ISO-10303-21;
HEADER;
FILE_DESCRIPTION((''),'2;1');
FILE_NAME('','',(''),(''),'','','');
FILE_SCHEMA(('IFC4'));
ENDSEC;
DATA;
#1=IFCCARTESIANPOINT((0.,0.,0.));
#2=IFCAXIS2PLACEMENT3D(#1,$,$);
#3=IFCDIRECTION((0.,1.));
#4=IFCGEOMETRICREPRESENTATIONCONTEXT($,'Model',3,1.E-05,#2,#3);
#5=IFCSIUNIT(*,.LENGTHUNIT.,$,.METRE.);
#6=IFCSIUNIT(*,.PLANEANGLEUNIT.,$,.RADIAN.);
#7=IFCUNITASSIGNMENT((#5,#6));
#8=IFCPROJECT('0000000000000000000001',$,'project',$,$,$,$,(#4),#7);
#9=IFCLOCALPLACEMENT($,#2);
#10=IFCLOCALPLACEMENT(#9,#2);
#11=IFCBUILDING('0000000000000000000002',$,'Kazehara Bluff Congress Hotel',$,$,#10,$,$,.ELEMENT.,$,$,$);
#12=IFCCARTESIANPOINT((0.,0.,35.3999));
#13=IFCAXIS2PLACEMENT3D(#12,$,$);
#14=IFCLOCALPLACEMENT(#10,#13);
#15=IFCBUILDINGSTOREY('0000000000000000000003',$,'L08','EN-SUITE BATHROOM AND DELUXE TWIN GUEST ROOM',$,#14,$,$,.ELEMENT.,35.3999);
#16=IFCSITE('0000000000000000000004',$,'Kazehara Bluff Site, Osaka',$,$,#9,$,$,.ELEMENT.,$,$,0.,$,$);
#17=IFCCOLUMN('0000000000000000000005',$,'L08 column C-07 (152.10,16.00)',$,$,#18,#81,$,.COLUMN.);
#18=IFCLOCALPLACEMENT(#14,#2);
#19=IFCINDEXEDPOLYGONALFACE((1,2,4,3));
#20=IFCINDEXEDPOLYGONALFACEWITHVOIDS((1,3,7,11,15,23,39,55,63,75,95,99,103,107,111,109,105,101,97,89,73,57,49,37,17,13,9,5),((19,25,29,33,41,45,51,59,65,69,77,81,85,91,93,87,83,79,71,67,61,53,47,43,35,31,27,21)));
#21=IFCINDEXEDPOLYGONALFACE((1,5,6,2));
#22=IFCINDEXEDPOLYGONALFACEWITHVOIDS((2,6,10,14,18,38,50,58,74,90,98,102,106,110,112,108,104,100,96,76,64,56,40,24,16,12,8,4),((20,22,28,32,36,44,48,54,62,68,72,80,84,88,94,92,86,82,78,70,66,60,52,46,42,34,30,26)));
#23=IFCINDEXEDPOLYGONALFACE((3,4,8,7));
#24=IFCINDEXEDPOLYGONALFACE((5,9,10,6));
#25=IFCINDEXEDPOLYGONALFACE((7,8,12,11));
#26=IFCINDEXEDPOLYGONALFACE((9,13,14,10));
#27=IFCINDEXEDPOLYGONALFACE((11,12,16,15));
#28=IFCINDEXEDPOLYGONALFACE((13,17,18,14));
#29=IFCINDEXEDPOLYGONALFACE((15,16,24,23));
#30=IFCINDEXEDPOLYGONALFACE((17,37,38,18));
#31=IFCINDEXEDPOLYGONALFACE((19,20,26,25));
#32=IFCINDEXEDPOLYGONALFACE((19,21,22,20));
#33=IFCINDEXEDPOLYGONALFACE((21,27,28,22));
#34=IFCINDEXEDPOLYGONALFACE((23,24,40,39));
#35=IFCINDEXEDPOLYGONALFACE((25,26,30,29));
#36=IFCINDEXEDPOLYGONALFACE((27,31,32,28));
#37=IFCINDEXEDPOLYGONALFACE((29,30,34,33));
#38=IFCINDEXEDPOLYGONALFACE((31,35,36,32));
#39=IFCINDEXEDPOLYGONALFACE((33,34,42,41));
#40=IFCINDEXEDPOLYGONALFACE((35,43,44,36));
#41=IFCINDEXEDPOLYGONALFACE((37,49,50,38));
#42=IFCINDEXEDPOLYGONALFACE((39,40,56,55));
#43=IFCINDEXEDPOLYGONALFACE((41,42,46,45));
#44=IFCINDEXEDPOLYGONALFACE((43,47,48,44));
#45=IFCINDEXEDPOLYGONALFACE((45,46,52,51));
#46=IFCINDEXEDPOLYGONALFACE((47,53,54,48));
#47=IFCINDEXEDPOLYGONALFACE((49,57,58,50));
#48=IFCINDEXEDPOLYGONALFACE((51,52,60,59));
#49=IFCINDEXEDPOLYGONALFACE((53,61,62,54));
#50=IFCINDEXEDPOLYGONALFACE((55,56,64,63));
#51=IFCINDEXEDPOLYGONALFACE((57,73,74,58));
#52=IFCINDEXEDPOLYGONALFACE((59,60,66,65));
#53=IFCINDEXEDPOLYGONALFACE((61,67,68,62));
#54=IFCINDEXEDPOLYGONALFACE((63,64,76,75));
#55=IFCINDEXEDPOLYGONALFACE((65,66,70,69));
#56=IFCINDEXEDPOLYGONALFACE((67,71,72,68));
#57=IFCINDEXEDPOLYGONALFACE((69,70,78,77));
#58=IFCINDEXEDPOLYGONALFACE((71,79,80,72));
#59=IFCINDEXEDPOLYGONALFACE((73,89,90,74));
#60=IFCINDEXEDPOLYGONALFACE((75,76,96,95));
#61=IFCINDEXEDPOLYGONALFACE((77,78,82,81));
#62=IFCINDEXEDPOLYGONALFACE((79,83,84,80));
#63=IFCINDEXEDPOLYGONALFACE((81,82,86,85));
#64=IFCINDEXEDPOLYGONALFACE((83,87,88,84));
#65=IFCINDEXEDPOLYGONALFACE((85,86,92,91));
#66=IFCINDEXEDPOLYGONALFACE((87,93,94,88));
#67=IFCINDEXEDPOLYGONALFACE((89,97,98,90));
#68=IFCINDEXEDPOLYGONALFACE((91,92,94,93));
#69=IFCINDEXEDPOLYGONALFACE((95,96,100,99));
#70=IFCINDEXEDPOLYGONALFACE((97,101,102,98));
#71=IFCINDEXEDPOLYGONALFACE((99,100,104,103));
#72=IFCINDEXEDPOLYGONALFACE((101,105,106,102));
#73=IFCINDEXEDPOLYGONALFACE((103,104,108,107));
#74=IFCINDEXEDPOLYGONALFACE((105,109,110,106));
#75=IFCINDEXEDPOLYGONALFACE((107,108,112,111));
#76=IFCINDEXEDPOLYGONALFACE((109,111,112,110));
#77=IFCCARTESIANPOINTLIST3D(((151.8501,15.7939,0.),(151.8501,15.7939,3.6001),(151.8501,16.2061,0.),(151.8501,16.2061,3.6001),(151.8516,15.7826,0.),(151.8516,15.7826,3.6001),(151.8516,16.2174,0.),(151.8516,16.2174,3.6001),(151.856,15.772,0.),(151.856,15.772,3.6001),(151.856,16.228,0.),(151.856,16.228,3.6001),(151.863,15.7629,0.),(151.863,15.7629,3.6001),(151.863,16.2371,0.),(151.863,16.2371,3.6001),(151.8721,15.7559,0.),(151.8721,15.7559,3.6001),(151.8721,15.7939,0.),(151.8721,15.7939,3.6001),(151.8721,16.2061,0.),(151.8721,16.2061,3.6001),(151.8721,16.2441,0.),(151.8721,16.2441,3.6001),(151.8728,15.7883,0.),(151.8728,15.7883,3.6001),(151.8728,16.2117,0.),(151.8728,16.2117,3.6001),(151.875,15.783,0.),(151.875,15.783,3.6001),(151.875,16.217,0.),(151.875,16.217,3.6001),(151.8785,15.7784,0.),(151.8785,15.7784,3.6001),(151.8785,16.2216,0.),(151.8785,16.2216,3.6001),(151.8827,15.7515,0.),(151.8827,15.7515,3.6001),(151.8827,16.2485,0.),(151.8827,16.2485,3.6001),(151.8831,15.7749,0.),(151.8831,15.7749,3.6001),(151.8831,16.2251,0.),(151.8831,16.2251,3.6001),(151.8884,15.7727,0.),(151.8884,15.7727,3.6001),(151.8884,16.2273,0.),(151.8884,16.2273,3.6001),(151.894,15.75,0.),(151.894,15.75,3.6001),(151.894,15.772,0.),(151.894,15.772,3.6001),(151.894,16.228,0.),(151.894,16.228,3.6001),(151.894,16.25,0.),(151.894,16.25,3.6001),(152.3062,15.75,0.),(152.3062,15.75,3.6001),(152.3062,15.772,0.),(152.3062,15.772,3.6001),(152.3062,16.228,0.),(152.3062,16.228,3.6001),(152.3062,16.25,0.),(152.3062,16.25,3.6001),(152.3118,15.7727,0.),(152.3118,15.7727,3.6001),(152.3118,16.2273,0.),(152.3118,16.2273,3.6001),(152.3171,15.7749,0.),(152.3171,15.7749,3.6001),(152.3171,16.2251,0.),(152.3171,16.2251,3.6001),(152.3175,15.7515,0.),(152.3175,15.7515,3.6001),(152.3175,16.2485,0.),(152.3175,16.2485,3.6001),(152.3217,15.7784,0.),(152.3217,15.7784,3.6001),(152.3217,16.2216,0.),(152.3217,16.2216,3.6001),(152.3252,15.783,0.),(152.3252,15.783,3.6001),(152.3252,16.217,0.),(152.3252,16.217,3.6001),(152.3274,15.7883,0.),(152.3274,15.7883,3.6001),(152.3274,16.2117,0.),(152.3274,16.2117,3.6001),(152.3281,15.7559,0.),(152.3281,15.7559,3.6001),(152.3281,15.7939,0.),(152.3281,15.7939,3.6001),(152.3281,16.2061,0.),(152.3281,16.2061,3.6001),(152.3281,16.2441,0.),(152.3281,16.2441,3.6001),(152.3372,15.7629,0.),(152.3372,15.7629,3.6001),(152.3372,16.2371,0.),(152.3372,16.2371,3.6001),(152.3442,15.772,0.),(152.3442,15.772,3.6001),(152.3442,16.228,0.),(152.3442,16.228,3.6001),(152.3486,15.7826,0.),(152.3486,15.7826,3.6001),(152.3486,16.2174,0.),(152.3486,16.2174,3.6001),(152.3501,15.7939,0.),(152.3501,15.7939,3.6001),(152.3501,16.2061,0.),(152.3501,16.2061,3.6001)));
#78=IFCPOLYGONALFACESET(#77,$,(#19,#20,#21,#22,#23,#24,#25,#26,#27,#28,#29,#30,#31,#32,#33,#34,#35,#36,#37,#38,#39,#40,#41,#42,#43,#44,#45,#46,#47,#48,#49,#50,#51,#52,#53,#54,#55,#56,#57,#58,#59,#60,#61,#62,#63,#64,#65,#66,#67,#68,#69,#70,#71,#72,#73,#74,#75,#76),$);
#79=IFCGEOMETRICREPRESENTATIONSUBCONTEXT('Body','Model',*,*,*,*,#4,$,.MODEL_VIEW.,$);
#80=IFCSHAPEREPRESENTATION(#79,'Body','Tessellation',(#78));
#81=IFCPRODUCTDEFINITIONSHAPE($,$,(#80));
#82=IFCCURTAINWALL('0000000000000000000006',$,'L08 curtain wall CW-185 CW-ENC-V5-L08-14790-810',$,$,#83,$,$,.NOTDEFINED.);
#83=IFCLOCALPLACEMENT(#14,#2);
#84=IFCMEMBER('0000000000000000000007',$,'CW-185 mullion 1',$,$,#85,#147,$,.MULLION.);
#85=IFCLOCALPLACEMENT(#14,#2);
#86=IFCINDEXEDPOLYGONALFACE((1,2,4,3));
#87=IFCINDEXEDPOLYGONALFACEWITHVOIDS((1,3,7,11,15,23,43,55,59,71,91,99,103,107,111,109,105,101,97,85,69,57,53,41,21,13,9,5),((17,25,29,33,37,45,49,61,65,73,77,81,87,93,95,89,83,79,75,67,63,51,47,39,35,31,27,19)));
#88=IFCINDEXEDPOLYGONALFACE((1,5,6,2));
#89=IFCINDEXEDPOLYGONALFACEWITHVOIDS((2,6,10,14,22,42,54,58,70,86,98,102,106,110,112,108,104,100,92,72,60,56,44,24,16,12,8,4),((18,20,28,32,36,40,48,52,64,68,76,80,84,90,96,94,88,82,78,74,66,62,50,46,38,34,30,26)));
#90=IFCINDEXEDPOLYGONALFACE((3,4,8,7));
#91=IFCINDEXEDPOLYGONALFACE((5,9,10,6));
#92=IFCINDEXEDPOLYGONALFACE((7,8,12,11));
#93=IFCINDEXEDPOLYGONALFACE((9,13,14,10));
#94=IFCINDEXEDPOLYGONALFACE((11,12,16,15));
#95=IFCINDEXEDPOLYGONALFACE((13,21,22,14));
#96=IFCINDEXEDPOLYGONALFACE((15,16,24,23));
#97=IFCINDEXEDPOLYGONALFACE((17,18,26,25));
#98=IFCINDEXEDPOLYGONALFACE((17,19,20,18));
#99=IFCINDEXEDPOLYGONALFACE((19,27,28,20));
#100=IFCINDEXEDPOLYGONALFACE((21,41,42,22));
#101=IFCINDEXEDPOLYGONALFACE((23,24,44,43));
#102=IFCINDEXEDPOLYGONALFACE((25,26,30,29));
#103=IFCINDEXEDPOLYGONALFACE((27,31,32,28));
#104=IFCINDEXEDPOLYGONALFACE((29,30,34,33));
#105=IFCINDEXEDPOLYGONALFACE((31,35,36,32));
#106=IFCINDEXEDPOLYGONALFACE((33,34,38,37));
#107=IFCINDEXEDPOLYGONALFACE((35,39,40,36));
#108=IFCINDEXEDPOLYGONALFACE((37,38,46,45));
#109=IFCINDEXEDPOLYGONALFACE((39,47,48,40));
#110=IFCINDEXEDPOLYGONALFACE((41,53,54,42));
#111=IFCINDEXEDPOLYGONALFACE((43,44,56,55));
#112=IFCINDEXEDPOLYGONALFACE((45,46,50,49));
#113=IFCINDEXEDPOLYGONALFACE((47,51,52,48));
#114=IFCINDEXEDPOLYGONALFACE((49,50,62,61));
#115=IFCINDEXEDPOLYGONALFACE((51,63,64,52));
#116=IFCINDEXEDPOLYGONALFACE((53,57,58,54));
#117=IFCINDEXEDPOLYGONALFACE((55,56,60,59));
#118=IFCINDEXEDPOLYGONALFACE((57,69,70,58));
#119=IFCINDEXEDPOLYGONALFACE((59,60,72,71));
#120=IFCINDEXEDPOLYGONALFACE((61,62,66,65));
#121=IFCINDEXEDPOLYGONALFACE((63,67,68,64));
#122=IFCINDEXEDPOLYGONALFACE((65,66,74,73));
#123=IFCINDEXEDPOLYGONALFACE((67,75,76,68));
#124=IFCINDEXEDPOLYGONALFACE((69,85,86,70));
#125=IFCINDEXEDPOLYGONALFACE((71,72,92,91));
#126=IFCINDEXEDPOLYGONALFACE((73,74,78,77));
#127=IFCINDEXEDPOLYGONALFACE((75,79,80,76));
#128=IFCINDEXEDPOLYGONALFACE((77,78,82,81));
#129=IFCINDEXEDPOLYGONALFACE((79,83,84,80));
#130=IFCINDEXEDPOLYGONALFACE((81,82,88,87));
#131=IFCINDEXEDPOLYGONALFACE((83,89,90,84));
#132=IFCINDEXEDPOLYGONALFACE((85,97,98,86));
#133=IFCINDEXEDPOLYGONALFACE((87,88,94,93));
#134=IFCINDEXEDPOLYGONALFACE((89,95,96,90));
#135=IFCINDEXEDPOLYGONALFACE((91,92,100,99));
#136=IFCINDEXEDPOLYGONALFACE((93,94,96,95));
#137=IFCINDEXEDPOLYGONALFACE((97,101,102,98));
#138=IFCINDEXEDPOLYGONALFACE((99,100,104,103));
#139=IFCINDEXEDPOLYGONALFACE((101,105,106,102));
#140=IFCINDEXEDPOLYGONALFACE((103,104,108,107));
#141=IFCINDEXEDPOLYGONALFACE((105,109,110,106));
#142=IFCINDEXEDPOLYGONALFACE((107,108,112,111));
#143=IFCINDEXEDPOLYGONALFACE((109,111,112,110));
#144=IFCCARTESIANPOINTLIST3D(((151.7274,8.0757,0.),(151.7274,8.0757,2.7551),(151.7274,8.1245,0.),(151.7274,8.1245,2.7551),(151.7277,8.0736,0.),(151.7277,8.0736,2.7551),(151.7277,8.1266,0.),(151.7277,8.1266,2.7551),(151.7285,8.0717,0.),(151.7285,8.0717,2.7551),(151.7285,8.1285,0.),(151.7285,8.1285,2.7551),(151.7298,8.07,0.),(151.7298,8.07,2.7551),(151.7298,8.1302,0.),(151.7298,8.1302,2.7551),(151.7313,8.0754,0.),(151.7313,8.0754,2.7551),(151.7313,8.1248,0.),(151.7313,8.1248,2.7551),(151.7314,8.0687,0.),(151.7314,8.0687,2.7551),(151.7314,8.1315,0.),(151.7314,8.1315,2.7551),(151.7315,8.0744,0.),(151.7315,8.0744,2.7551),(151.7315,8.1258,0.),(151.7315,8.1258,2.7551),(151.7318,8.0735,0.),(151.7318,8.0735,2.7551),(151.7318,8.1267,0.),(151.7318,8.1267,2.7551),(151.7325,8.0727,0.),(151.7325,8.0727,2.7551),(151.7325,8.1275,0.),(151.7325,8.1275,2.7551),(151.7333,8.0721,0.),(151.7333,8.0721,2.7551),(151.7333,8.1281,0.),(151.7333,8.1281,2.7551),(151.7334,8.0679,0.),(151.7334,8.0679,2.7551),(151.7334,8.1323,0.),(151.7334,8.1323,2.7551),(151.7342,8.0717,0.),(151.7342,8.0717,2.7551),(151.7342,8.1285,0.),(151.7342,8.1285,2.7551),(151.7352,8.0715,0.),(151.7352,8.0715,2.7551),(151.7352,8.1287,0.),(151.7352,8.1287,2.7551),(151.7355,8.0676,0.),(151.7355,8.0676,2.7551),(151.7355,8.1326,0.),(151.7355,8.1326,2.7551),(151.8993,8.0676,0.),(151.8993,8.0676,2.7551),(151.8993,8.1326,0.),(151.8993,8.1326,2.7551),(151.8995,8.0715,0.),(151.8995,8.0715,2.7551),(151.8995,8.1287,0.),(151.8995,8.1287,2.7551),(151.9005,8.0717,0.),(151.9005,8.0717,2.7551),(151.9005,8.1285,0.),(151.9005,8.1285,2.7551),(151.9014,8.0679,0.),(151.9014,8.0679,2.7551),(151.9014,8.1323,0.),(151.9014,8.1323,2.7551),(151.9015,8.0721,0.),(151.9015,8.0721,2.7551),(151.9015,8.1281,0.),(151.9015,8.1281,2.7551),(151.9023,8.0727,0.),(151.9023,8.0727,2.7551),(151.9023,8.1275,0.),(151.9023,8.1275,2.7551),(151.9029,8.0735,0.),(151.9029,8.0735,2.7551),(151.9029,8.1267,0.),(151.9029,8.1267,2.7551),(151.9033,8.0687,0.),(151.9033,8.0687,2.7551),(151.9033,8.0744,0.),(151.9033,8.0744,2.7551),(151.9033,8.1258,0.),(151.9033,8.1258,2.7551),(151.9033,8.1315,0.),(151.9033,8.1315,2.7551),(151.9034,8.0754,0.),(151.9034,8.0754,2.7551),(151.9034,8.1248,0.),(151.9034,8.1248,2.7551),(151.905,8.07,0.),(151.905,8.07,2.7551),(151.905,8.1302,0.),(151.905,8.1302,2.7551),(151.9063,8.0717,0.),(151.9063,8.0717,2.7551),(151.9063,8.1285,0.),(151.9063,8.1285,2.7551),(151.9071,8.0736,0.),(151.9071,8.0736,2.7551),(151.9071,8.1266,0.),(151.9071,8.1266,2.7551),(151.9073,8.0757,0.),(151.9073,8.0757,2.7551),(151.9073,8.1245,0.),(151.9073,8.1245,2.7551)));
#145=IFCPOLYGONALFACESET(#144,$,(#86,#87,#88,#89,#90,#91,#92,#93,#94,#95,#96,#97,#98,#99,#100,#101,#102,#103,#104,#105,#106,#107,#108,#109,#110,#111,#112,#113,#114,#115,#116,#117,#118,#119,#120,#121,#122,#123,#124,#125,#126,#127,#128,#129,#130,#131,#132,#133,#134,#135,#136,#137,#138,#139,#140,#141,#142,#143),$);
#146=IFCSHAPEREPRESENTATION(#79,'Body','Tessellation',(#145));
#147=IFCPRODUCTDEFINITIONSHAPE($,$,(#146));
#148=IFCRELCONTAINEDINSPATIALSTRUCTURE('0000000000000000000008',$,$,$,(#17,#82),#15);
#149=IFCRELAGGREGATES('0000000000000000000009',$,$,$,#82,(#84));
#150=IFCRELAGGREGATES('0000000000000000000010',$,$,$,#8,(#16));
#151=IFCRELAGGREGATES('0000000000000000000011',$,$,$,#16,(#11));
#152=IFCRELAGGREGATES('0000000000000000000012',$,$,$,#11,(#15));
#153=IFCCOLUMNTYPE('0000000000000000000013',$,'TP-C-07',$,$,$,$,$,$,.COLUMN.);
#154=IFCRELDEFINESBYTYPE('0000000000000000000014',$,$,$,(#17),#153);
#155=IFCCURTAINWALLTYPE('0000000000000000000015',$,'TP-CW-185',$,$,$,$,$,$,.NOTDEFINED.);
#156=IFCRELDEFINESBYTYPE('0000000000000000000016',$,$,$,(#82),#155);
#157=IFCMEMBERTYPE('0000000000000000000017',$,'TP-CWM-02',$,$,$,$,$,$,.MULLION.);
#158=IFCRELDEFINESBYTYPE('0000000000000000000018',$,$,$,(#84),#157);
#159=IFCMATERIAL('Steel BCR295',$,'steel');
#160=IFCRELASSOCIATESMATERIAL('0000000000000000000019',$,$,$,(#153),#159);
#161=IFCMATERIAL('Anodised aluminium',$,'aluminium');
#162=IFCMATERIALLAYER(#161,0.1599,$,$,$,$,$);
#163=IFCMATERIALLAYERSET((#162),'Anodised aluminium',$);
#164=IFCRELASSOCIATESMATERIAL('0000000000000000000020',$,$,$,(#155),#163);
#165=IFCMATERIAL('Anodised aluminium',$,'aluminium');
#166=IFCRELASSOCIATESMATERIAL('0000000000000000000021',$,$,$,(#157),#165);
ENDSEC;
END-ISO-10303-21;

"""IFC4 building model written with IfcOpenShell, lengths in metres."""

from ifc_helpers import new_model, si_unit, direction, frame, origin, origin_2d, place, context, subcontext, project, spatial, hollow_rectangle, extrude, material, layer, layer_set, material_profile, profile_set, type_object, element, aggregate, save


model = new_model("IFC4")

# Units and contexts
model_context = context("Model", 3, precision=1e-05, world=origin(), true_north=direction((0.0, 1.0)))
body_context = subcontext(model_context, "Body", "Model", "MODEL_VIEW")
ifc_project = project(units=[si_unit("LENGTHUNIT", "METRE"), si_unit("PLANEANGLEUNIT", "RADIAN")], contexts=[model_context])

# Site, building, storey
site_placement = place(None, origin())
site = spatial("IfcSite", under=ifc_project, at=site_placement, Name="Kazehara Bluff Site, Osaka", CompositionType="ELEMENT", RefElevation=0.0)
building_placement = place(site_placement, origin())
building = spatial("IfcBuilding", under=site, at=building_placement, Name="Kazehara Bluff Congress Hotel", CompositionType="ELEMENT")
storey_placement = place(building_placement, frame((0.0, 0.0, 35.3999)))
storey = spatial("IfcBuildingStorey", under=building, at=storey_placement, Name="L08", Description="EN-SUITE BATHROOM AND DELUXE TWIN GUEST ROOM", CompositionType="ELEMENT", Elevation=35.3999)

# Column
ifc_material_1 = material(Name="Steel BCR295", Category="steel")
ifc_material_profile_1 = material_profile(ifc_material_1, hollow_rectangle(XDim=0.5, YDim=0.5, WallThickness=0.022, InnerFilletRadius=0.022, OuterFilletRadius=0.0439, at=origin_2d()))
ifc_profile_set_1 = profile_set([ifc_material_profile_1], Name="Steel BCR295")
column_type = type_object("IfcColumnType", Name="TP-C-07", PredefinedType="COLUMN", material=ifc_profile_set_1)
column_placement = place(storey_placement, frame((152.1001, 16.0, 0.0), z_axis=(0.0, 0.0, 1.0), x_axis=(1.0, 0.0, 0.0)))
element("IfcColumn", 1, at=column_placement, inside=storey, type_object=column_type, Name="L08 column C-07 (152.10,16.00)", PredefinedType="COLUMN", context=body_context, shape_type="SweptSolid", body=[
    extrude(hollow_rectangle(XDim=0.5, YDim=0.5, WallThickness=0.022, InnerFilletRadius=0.022, OuterFilletRadius=0.0439, at=origin_2d()), origin(), (0.0, 0.0, 1.0), 3.6001),
])

# Curtain wall, member
ifc_material_2 = material(Name="Anodised aluminium", Category="aluminium")
ifc_layer_1 = layer(ifc_material_2, 0.1599)
ifc_layer_set_1 = layer_set([ifc_layer_1], Name="Anodised aluminium")
curtain_wall_type = type_object("IfcCurtainWallType", Name="TP-CW-185", PredefinedType="NOTDEFINED", material=ifc_layer_set_1)
curtain_wall_1_placement = place(storey_placement, origin())
curtain_wall_1 = element("IfcCurtainWall", 2, at=curtain_wall_1_placement, inside=storey, type_object=curtain_wall_type, Name="L08 curtain wall CW-185 CW-ENC-V5-L08-14790-810", PredefinedType="NOTDEFINED")
ifc_material_3 = material(Name="Anodised aluminium", Category="aluminium")
ifc_material_profile_2 = material_profile(ifc_material_3, hollow_rectangle(XDim=0.0649, YDim=0.1799, WallThickness=0.0039, InnerFilletRadius=0.0039, OuterFilletRadius=0.0081, at=origin_2d()))
ifc_profile_set_2 = profile_set([ifc_material_profile_2], Name="Anodised aluminium")
member_type_1 = type_object("IfcMemberType", Name="TP-CWM-02", PredefinedType="MULLION", material=ifc_profile_set_2)
member_1_placement = place(storey_placement, frame((151.8174, 8.1001, 0.0), z_axis=(0.0, 0.0, 1.0), x_axis=(0.0, -1.0, 0.0)))
member_1 = element("IfcMember", 3, at=member_1_placement, type_object=member_type_1, Name="CW-185 mullion 1", PredefinedType="MULLION", context=body_context, shape_type="SweptSolid", body=[
    extrude(hollow_rectangle(XDim=0.0649, YDim=0.1799, WallThickness=0.0039, InnerFilletRadius=0.0039, OuterFilletRadius=0.0081, at=origin_2d()), origin(), (0.0, 0.0, 1.0), 2.7551),
])

aggregate(curtain_wall_1, [member_1])

save(model, "model.ifc")
